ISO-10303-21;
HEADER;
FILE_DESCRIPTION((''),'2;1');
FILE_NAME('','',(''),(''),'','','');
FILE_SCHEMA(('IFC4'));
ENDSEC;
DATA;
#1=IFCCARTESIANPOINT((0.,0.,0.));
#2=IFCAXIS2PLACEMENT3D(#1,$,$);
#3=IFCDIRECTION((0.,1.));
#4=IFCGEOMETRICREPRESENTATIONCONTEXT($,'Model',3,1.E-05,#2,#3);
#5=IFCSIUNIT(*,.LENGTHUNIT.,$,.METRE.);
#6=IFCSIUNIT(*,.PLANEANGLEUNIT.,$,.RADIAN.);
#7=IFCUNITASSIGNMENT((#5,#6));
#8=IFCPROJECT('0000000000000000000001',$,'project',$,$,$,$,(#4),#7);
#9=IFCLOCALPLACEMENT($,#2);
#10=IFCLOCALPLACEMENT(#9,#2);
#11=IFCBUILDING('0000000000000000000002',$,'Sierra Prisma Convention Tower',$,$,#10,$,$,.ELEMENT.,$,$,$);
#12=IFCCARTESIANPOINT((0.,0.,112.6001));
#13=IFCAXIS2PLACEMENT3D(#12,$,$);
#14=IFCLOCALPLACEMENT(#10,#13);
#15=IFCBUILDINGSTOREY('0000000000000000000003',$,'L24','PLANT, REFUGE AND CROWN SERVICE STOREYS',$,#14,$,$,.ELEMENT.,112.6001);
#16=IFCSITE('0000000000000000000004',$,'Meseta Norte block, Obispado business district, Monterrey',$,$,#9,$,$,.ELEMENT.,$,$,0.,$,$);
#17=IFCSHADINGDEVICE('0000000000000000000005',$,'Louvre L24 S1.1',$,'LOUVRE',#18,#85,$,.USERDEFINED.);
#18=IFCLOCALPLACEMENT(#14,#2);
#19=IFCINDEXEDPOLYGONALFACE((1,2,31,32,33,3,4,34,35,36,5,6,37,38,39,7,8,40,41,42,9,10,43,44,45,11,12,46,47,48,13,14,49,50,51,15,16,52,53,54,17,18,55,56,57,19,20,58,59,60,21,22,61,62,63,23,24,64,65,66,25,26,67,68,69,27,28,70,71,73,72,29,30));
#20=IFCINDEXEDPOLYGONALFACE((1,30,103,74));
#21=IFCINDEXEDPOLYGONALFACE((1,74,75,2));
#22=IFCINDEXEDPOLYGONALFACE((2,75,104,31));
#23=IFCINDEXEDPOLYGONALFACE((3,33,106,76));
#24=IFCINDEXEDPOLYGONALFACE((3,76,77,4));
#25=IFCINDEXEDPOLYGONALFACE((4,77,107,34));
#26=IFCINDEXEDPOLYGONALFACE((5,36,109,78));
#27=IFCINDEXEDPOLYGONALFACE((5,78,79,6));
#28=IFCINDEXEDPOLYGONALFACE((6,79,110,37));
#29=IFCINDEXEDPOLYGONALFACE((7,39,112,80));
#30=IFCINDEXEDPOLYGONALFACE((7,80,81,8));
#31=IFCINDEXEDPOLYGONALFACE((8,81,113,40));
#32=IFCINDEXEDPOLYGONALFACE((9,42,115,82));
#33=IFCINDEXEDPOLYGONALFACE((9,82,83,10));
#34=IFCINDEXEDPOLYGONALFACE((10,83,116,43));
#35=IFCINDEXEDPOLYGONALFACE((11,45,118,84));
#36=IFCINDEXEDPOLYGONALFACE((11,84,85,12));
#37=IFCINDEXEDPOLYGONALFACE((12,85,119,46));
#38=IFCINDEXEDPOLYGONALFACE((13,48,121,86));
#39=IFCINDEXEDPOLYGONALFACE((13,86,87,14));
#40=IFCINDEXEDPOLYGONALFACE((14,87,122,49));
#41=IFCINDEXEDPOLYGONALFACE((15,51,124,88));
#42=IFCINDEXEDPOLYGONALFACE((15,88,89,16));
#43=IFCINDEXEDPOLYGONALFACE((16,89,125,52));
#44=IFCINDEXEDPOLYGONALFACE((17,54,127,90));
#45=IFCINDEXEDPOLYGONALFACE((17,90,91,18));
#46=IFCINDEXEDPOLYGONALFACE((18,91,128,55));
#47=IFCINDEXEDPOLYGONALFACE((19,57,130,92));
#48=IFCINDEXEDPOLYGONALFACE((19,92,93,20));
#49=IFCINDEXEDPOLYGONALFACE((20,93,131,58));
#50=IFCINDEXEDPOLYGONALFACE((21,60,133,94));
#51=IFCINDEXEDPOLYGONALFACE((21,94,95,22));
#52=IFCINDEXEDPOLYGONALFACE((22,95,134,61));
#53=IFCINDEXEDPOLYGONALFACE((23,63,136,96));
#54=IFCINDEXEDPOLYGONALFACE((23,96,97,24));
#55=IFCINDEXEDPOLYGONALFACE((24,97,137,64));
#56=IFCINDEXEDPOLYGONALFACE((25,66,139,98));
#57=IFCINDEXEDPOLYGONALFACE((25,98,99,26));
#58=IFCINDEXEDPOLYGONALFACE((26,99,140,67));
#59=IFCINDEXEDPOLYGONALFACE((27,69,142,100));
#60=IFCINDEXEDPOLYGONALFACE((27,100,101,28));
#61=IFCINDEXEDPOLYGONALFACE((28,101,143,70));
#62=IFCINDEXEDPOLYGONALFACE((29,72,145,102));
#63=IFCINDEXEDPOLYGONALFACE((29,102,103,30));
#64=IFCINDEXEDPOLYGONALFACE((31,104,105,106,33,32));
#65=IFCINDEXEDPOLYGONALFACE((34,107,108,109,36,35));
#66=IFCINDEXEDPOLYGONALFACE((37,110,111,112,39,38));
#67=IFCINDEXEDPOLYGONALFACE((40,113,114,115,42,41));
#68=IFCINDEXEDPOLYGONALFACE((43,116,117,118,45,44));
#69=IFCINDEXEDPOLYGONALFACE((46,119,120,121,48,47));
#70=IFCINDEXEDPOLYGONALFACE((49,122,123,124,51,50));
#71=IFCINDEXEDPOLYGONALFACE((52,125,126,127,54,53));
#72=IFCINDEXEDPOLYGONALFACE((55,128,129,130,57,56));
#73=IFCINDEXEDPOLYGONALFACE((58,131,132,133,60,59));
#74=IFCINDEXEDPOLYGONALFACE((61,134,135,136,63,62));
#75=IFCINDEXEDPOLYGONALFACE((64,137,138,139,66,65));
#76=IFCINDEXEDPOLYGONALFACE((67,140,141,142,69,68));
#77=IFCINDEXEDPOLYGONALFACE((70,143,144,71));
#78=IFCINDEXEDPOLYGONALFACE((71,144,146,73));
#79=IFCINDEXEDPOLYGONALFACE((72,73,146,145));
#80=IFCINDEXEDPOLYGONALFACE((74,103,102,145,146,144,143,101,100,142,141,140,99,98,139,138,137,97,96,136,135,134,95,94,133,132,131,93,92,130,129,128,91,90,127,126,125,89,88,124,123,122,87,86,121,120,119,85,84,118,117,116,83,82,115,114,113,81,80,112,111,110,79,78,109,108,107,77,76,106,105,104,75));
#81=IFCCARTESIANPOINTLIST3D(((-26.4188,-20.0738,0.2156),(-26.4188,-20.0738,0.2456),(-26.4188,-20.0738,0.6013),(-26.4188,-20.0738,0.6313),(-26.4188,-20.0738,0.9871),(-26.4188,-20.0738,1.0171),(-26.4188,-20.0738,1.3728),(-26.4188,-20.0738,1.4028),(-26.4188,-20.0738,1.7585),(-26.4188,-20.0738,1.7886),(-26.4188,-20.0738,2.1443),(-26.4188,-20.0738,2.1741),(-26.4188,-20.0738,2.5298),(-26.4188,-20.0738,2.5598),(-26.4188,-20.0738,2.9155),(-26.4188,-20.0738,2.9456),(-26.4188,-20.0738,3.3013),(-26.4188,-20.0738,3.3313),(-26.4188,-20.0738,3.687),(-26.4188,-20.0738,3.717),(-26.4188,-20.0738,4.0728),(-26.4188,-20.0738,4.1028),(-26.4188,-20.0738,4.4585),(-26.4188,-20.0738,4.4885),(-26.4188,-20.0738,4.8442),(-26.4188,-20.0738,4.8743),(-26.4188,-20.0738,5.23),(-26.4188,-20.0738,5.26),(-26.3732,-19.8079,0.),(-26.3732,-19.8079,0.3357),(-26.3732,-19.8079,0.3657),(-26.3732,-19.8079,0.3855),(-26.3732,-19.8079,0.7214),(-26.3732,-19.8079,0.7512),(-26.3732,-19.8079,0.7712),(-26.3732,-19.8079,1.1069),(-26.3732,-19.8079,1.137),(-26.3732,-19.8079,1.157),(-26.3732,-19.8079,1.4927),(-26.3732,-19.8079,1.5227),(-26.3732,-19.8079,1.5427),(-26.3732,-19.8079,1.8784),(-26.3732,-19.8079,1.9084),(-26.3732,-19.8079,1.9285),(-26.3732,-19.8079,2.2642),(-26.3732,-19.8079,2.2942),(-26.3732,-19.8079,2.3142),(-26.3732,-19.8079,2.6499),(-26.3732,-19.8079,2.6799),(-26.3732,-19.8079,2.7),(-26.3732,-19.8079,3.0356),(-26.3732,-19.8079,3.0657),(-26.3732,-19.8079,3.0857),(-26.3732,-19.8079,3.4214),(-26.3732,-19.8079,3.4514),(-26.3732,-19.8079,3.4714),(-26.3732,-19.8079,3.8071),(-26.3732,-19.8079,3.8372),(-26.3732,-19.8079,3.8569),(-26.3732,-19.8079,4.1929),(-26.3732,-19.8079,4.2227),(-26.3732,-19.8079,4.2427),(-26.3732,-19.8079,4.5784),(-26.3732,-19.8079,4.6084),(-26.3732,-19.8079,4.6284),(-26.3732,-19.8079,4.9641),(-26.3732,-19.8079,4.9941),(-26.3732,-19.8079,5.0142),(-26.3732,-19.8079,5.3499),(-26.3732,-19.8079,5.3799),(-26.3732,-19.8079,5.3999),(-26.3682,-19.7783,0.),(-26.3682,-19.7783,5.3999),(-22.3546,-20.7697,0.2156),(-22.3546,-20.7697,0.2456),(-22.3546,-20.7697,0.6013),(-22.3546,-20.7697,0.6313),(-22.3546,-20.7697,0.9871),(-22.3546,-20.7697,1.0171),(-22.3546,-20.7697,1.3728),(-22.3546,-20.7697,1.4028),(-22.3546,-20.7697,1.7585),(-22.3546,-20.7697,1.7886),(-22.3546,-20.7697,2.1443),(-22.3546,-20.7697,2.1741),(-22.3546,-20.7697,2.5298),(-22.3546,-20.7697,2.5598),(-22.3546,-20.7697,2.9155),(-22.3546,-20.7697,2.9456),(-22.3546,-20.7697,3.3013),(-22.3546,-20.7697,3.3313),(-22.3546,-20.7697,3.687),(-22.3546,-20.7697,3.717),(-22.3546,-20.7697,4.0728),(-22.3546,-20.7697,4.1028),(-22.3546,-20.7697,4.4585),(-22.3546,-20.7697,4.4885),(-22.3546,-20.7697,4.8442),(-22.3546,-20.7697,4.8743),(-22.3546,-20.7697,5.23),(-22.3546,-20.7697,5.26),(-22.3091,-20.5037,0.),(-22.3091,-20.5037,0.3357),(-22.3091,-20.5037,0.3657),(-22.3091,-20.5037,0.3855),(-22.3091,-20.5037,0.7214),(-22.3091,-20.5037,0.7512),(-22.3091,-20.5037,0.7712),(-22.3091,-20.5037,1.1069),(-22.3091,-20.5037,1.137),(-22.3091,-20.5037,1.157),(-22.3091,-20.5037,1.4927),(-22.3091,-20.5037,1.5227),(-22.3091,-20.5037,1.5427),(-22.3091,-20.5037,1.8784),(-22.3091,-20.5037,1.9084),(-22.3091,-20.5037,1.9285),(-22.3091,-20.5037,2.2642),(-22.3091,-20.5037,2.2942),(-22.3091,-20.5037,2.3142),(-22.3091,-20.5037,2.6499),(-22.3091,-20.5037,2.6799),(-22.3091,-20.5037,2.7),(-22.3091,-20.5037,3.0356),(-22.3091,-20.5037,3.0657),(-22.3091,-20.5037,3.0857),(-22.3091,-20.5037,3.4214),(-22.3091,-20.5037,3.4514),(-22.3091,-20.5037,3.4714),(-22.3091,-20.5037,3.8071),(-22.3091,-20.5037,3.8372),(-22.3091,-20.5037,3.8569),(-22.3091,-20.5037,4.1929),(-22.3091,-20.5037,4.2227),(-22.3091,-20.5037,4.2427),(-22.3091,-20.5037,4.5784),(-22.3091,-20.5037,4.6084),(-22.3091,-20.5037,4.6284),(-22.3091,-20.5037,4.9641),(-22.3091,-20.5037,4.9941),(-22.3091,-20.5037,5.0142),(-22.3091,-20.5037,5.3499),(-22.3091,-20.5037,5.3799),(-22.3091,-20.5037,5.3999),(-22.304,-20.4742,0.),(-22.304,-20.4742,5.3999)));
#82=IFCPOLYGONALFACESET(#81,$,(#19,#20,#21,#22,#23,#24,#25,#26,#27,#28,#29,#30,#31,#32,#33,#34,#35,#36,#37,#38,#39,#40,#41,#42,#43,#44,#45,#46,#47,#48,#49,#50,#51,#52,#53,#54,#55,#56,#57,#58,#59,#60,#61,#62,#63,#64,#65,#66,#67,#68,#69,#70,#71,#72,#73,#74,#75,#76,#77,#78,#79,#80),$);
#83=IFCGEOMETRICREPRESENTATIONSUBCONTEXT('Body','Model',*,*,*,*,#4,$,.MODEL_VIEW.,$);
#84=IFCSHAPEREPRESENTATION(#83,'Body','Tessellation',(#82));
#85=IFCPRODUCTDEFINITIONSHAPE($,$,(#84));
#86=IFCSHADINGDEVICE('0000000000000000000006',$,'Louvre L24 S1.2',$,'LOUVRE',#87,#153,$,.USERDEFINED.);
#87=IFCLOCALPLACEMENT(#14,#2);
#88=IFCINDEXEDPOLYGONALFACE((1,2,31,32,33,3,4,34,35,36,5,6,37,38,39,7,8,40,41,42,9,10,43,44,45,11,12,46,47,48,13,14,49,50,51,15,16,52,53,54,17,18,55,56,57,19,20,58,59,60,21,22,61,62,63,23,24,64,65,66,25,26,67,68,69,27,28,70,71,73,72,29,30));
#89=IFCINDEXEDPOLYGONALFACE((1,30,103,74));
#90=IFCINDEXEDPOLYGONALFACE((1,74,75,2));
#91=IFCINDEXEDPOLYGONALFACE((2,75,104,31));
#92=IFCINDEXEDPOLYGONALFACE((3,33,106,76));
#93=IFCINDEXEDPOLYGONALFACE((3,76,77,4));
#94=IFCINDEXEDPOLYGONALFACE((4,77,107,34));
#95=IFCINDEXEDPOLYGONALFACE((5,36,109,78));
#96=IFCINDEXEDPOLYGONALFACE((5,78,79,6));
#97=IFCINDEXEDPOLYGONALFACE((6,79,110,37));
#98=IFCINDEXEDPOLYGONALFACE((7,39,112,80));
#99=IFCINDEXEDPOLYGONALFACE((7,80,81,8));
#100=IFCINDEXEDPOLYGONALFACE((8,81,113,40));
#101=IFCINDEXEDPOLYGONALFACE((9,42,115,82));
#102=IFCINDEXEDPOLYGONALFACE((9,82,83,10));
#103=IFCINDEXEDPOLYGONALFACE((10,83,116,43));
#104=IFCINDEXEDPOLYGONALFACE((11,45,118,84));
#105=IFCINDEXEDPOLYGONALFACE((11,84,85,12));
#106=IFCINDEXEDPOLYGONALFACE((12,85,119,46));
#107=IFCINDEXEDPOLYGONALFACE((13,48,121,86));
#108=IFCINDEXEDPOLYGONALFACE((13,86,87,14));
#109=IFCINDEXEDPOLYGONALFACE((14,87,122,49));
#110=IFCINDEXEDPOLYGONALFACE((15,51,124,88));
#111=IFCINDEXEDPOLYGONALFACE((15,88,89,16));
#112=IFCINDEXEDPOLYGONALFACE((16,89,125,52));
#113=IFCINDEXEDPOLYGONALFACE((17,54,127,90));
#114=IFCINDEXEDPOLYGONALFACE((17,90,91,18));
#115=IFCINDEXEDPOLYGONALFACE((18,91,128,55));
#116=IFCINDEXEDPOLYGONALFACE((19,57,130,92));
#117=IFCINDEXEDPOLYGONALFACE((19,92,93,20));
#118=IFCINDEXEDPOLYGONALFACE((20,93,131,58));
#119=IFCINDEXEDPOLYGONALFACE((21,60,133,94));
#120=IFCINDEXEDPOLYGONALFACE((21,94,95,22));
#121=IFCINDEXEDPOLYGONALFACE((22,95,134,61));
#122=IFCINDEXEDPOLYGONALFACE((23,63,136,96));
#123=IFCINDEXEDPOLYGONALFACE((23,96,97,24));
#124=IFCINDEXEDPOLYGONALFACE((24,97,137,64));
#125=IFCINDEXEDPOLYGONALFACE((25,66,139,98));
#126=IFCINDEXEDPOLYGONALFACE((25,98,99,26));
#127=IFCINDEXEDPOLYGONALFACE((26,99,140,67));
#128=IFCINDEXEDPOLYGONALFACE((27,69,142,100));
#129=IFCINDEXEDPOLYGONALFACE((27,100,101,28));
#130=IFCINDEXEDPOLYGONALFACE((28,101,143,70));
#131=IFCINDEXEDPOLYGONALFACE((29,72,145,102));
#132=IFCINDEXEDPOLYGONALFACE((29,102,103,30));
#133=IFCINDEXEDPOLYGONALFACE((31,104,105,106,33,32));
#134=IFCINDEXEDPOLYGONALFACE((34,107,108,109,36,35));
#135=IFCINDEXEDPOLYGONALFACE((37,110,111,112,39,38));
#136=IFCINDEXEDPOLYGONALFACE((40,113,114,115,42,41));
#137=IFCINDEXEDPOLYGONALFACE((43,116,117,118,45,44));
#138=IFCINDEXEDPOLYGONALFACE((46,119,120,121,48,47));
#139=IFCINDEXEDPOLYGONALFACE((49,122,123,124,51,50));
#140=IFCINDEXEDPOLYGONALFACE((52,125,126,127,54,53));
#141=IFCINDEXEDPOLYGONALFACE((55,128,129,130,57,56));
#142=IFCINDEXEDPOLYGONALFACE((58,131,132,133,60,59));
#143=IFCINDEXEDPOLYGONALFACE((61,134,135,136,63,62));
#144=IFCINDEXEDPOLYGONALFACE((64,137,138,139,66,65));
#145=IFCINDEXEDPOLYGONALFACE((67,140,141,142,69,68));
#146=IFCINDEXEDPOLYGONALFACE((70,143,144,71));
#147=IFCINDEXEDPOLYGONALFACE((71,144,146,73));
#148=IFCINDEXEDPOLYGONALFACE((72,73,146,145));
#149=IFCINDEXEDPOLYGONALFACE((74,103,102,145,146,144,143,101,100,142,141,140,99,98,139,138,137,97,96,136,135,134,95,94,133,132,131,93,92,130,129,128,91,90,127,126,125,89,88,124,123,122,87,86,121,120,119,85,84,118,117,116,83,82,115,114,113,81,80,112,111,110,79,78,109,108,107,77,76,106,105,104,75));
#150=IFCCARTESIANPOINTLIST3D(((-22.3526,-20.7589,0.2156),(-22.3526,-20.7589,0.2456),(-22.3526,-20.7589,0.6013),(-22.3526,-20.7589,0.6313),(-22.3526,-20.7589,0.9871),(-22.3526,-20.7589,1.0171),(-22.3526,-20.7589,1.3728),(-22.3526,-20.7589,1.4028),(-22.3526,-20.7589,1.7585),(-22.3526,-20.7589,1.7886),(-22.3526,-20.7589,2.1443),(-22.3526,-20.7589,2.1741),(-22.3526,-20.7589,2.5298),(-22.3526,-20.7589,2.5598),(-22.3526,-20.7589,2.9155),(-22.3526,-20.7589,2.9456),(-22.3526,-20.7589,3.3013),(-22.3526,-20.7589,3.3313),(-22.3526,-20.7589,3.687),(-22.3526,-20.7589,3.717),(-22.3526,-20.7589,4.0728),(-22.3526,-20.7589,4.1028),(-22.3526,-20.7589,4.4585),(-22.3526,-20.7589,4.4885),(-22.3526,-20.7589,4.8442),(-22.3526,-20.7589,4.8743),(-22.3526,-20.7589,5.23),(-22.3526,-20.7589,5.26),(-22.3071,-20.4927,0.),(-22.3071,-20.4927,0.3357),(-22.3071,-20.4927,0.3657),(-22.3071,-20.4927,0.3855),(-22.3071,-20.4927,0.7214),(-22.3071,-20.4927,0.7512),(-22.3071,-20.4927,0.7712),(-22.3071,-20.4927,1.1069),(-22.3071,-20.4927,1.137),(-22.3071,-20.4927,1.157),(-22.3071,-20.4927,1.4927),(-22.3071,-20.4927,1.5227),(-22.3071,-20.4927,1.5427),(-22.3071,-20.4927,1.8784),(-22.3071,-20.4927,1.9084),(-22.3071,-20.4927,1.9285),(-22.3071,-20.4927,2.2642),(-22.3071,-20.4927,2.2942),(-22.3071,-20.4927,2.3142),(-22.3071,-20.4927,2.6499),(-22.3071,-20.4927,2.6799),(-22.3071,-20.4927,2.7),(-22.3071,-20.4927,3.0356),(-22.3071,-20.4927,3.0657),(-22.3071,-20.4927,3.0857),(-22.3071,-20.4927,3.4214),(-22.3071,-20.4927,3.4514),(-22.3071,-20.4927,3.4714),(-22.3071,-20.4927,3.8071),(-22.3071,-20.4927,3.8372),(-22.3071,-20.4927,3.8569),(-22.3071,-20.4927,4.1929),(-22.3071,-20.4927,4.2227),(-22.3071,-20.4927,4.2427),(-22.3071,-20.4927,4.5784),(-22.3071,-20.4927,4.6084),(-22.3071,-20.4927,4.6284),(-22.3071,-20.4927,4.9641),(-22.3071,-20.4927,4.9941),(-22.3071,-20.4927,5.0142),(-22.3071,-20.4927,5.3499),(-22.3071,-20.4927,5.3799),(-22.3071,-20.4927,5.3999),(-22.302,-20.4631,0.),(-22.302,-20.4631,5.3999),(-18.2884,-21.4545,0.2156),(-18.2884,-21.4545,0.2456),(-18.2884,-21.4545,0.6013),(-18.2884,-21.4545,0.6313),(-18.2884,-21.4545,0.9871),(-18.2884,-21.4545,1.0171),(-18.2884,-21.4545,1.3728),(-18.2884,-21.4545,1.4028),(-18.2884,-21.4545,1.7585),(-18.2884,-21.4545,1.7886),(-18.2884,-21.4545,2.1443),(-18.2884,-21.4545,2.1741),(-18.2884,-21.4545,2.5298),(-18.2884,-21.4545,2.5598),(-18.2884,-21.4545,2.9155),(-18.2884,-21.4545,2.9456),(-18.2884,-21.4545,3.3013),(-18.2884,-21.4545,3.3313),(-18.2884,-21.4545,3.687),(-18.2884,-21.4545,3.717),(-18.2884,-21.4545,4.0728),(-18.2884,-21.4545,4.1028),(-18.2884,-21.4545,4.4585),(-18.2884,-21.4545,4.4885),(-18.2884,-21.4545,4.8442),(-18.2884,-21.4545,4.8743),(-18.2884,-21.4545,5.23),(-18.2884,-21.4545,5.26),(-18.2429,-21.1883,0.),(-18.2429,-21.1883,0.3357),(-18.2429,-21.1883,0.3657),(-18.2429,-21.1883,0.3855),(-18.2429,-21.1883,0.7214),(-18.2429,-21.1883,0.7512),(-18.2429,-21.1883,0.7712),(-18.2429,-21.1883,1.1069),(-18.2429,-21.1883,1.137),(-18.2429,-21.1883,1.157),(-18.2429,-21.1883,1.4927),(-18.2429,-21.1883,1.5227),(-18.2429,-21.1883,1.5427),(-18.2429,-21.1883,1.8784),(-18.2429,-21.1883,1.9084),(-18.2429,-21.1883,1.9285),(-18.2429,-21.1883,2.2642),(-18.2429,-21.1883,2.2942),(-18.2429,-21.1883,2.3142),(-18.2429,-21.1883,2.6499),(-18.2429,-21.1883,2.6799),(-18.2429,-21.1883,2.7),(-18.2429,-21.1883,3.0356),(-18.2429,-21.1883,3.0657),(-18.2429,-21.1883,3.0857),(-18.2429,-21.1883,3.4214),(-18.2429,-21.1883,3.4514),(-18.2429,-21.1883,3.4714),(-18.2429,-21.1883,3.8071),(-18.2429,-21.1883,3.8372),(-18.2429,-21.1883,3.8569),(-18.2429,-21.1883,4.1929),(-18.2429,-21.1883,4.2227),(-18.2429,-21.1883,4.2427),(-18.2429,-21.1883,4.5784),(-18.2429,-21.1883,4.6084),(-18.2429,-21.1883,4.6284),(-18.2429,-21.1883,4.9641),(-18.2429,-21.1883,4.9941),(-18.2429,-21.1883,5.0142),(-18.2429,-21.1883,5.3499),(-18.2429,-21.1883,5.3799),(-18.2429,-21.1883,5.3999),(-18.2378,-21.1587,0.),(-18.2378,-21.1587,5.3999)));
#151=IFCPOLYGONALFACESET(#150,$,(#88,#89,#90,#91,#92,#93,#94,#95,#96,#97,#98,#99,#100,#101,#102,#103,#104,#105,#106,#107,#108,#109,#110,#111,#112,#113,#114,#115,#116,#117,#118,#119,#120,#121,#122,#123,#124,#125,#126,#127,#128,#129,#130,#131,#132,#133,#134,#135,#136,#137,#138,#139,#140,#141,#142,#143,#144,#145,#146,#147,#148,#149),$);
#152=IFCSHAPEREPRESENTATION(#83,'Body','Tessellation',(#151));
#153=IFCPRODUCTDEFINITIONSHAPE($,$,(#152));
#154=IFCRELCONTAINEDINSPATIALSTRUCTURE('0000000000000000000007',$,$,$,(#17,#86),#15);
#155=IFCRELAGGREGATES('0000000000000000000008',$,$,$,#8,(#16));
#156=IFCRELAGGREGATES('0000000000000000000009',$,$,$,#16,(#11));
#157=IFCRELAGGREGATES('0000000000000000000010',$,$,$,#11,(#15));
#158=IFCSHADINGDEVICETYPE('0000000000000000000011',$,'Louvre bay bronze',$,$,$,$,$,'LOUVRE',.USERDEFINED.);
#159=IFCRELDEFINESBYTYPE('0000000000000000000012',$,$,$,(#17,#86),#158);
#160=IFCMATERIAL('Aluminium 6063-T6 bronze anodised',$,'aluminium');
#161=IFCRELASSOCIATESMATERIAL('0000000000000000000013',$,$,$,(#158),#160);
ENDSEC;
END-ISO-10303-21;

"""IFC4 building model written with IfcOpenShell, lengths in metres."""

from ifc_helpers import new_model, si_unit, direction, frame, origin, place, context, subcontext, project, spatial, polyline, outline, extrude, material, type_object, element, save


model = new_model("IFC4")

# Units and contexts
model_context = context("Model", 3, precision=1e-05, world=origin(), true_north=direction((0.0, 1.0)))
body_context = subcontext(model_context, "Body", "Model", "MODEL_VIEW")
ifc_project = project(units=[si_unit("LENGTHUNIT", "METRE"), si_unit("PLANEANGLEUNIT", "RADIAN")], contexts=[model_context])

# Site, building, storey
site_placement = place(None, origin())
site = spatial("IfcSite", under=ifc_project, at=site_placement, Name="Meseta Norte block, Obispado business district, Monterrey", CompositionType="ELEMENT", RefElevation=0.0)
building_placement = place(site_placement, origin())
building = spatial("IfcBuilding", under=site, at=building_placement, Name="Sierra Prisma Convention Tower", CompositionType="ELEMENT")
storey_placement = place(building_placement, frame((0.0, 0.0, 112.6001)))
storey = spatial("IfcBuildingStorey", under=building, at=storey_placement, Name="L24", Description="PLANT, REFUGE AND CROWN SERVICE STOREYS", CompositionType="ELEMENT", Elevation=112.6001)

# Shading devices
ifc_material_1 = material(Name="Aluminium 6063-T6 bronze anodised", Category="aluminium")
shading_device_type = type_object("IfcShadingDeviceType", Name="Louvre bay bronze", ElementType="LOUVRE", PredefinedType="USERDEFINED", material=ifc_material_1)
shading_device_1_placement = place(storey_placement, frame((-26.3682, -19.7783, 0.0), z_axis=(-0.985656, 0.168764, 0.0), x_axis=(0.0, 0.0, 1.0)))
element("IfcShadingDevice", 1, at=shading_device_1_placement, inside=storey, type_object=shading_device_type, Name="Louvre L24 S1.1", ObjectType="LOUVRE", PredefinedType="USERDEFINED", context=body_context, shape_type="SweptSolid", body=[
    extrude(outline(polyline([(0.0, 0.0), (5.3999, 0.0), (5.3999, -0.03), (5.3799, -0.03), (5.26, -0.2998), (5.23, -0.2998), (5.3499, -0.03), (5.0142, -0.03), (4.9941, -0.03), (4.8743, -0.2998), (4.8442, -0.2998), (4.9641, -0.03), (4.6284, -0.03), (4.6084, -0.03), (4.4885, -0.2998), (4.4585, -0.2998), (4.5784, -0.03), (4.2427, -0.03), (4.2227, -0.03), (4.1028, -0.2998), (4.0728, -0.2998), (4.1929, -0.03), (3.8569, -0.03), (3.8372, -0.03), (3.717, -0.2998), (3.687, -0.2998), (3.8071, -0.03), (3.4714, -0.03), (3.4514, -0.03), (3.3313, -0.2998), (3.3013, -0.2998), (3.4214, -0.03), (3.0857, -0.03), (3.0657, -0.03), (2.9456, -0.2998), (2.9155, -0.2998), (3.0356, -0.03), (2.7, -0.03), (2.6799, -0.03), (2.5598, -0.2998), (2.5298, -0.2998), (2.6499, -0.03), (2.3142, -0.03), (2.2942, -0.03), (2.1741, -0.2998), (2.1443, -0.2998), (2.2642, -0.03), (1.9285, -0.03), (1.9084, -0.03), (1.7886, -0.2998), (1.7585, -0.2998), (1.8784, -0.03), (1.5427, -0.03), (1.5227, -0.03), (1.4028, -0.2998), (1.3728, -0.2998), (1.4927, -0.03), (1.157, -0.03), (1.137, -0.03), (1.0171, -0.2998), (0.9871, -0.2998), (1.1069, -0.03), (0.7712, -0.03), (0.7512, -0.03), (0.6313, -0.2998), (0.6013, -0.2998), (0.7214, -0.03), (0.3855, -0.03), (0.3657, -0.03), (0.2456, -0.2998), (0.2156, -0.2998), (0.3357, -0.03), (0.0, -0.03), (0.0, 0.0)])), origin(), (0.0, 0.0, -1.0), 4.1233),
])
shading_device_2_placement = place(storey_placement, frame((-22.302, -20.4631, 0.0), z_axis=(-0.985667, 0.168702, 0.0), x_axis=(0.0, 0.0, 1.0)))
element("IfcShadingDevice", 2, at=shading_device_2_placement, inside=storey, type_object=shading_device_type, Name="Louvre L24 S1.2", ObjectType="LOUVRE", PredefinedType="USERDEFINED", context=body_context, shape_type="SweptSolid", body=[
    extrude(outline(polyline([(0.0, 0.0), (5.3999, 0.0), (5.3999, -0.03), (5.3799, -0.03), (5.26, -0.3001), (5.23, -0.3001), (5.3499, -0.03), (5.0142, -0.03), (4.9941, -0.03), (4.8743, -0.3001), (4.8442, -0.3001), (4.9641, -0.03), (4.6284, -0.03), (4.6084, -0.03), (4.4885, -0.3001), (4.4585, -0.3001), (4.5784, -0.03), (4.2427, -0.03), (4.2227, -0.03), (4.1028, -0.3001), (4.0728, -0.3001), (4.1929, -0.03), (3.8569, -0.03), (3.8372, -0.03), (3.717, -0.3001), (3.687, -0.3001), (3.8071, -0.03), (3.4714, -0.03), (3.4514, -0.03), (3.3313, -0.3001), (3.3013, -0.3001), (3.4214, -0.03), (3.0857, -0.03), (3.0657, -0.03), (2.9456, -0.3001), (2.9155, -0.3001), (3.0356, -0.03), (2.7, -0.03), (2.6799, -0.03), (2.5598, -0.3001), (2.5298, -0.3001), (2.6499, -0.03), (2.3142, -0.03), (2.2942, -0.03), (2.1741, -0.3001), (2.1443, -0.3001), (2.2642, -0.03), (1.9285, -0.03), (1.9084, -0.03), (1.7886, -0.3001), (1.7585, -0.3001), (1.8784, -0.03), (1.5427, -0.03), (1.5227, -0.03), (1.4028, -0.3001), (1.3728, -0.3001), (1.4927, -0.03), (1.157, -0.03), (1.137, -0.03), (1.0171, -0.3001), (0.9871, -0.3001), (1.1069, -0.03), (0.7712, -0.03), (0.7512, -0.03), (0.6313, -0.3001), (0.6013, -0.3001), (0.7214, -0.03), (0.3855, -0.03), (0.3657, -0.03), (0.2456, -0.3001), (0.2156, -0.3001), (0.3357, -0.03), (0.0, -0.03), (0.0, 0.0)])), origin(), (0.0, 0.0, -1.0), 4.1233),
])

save(model, "model.ifc")
